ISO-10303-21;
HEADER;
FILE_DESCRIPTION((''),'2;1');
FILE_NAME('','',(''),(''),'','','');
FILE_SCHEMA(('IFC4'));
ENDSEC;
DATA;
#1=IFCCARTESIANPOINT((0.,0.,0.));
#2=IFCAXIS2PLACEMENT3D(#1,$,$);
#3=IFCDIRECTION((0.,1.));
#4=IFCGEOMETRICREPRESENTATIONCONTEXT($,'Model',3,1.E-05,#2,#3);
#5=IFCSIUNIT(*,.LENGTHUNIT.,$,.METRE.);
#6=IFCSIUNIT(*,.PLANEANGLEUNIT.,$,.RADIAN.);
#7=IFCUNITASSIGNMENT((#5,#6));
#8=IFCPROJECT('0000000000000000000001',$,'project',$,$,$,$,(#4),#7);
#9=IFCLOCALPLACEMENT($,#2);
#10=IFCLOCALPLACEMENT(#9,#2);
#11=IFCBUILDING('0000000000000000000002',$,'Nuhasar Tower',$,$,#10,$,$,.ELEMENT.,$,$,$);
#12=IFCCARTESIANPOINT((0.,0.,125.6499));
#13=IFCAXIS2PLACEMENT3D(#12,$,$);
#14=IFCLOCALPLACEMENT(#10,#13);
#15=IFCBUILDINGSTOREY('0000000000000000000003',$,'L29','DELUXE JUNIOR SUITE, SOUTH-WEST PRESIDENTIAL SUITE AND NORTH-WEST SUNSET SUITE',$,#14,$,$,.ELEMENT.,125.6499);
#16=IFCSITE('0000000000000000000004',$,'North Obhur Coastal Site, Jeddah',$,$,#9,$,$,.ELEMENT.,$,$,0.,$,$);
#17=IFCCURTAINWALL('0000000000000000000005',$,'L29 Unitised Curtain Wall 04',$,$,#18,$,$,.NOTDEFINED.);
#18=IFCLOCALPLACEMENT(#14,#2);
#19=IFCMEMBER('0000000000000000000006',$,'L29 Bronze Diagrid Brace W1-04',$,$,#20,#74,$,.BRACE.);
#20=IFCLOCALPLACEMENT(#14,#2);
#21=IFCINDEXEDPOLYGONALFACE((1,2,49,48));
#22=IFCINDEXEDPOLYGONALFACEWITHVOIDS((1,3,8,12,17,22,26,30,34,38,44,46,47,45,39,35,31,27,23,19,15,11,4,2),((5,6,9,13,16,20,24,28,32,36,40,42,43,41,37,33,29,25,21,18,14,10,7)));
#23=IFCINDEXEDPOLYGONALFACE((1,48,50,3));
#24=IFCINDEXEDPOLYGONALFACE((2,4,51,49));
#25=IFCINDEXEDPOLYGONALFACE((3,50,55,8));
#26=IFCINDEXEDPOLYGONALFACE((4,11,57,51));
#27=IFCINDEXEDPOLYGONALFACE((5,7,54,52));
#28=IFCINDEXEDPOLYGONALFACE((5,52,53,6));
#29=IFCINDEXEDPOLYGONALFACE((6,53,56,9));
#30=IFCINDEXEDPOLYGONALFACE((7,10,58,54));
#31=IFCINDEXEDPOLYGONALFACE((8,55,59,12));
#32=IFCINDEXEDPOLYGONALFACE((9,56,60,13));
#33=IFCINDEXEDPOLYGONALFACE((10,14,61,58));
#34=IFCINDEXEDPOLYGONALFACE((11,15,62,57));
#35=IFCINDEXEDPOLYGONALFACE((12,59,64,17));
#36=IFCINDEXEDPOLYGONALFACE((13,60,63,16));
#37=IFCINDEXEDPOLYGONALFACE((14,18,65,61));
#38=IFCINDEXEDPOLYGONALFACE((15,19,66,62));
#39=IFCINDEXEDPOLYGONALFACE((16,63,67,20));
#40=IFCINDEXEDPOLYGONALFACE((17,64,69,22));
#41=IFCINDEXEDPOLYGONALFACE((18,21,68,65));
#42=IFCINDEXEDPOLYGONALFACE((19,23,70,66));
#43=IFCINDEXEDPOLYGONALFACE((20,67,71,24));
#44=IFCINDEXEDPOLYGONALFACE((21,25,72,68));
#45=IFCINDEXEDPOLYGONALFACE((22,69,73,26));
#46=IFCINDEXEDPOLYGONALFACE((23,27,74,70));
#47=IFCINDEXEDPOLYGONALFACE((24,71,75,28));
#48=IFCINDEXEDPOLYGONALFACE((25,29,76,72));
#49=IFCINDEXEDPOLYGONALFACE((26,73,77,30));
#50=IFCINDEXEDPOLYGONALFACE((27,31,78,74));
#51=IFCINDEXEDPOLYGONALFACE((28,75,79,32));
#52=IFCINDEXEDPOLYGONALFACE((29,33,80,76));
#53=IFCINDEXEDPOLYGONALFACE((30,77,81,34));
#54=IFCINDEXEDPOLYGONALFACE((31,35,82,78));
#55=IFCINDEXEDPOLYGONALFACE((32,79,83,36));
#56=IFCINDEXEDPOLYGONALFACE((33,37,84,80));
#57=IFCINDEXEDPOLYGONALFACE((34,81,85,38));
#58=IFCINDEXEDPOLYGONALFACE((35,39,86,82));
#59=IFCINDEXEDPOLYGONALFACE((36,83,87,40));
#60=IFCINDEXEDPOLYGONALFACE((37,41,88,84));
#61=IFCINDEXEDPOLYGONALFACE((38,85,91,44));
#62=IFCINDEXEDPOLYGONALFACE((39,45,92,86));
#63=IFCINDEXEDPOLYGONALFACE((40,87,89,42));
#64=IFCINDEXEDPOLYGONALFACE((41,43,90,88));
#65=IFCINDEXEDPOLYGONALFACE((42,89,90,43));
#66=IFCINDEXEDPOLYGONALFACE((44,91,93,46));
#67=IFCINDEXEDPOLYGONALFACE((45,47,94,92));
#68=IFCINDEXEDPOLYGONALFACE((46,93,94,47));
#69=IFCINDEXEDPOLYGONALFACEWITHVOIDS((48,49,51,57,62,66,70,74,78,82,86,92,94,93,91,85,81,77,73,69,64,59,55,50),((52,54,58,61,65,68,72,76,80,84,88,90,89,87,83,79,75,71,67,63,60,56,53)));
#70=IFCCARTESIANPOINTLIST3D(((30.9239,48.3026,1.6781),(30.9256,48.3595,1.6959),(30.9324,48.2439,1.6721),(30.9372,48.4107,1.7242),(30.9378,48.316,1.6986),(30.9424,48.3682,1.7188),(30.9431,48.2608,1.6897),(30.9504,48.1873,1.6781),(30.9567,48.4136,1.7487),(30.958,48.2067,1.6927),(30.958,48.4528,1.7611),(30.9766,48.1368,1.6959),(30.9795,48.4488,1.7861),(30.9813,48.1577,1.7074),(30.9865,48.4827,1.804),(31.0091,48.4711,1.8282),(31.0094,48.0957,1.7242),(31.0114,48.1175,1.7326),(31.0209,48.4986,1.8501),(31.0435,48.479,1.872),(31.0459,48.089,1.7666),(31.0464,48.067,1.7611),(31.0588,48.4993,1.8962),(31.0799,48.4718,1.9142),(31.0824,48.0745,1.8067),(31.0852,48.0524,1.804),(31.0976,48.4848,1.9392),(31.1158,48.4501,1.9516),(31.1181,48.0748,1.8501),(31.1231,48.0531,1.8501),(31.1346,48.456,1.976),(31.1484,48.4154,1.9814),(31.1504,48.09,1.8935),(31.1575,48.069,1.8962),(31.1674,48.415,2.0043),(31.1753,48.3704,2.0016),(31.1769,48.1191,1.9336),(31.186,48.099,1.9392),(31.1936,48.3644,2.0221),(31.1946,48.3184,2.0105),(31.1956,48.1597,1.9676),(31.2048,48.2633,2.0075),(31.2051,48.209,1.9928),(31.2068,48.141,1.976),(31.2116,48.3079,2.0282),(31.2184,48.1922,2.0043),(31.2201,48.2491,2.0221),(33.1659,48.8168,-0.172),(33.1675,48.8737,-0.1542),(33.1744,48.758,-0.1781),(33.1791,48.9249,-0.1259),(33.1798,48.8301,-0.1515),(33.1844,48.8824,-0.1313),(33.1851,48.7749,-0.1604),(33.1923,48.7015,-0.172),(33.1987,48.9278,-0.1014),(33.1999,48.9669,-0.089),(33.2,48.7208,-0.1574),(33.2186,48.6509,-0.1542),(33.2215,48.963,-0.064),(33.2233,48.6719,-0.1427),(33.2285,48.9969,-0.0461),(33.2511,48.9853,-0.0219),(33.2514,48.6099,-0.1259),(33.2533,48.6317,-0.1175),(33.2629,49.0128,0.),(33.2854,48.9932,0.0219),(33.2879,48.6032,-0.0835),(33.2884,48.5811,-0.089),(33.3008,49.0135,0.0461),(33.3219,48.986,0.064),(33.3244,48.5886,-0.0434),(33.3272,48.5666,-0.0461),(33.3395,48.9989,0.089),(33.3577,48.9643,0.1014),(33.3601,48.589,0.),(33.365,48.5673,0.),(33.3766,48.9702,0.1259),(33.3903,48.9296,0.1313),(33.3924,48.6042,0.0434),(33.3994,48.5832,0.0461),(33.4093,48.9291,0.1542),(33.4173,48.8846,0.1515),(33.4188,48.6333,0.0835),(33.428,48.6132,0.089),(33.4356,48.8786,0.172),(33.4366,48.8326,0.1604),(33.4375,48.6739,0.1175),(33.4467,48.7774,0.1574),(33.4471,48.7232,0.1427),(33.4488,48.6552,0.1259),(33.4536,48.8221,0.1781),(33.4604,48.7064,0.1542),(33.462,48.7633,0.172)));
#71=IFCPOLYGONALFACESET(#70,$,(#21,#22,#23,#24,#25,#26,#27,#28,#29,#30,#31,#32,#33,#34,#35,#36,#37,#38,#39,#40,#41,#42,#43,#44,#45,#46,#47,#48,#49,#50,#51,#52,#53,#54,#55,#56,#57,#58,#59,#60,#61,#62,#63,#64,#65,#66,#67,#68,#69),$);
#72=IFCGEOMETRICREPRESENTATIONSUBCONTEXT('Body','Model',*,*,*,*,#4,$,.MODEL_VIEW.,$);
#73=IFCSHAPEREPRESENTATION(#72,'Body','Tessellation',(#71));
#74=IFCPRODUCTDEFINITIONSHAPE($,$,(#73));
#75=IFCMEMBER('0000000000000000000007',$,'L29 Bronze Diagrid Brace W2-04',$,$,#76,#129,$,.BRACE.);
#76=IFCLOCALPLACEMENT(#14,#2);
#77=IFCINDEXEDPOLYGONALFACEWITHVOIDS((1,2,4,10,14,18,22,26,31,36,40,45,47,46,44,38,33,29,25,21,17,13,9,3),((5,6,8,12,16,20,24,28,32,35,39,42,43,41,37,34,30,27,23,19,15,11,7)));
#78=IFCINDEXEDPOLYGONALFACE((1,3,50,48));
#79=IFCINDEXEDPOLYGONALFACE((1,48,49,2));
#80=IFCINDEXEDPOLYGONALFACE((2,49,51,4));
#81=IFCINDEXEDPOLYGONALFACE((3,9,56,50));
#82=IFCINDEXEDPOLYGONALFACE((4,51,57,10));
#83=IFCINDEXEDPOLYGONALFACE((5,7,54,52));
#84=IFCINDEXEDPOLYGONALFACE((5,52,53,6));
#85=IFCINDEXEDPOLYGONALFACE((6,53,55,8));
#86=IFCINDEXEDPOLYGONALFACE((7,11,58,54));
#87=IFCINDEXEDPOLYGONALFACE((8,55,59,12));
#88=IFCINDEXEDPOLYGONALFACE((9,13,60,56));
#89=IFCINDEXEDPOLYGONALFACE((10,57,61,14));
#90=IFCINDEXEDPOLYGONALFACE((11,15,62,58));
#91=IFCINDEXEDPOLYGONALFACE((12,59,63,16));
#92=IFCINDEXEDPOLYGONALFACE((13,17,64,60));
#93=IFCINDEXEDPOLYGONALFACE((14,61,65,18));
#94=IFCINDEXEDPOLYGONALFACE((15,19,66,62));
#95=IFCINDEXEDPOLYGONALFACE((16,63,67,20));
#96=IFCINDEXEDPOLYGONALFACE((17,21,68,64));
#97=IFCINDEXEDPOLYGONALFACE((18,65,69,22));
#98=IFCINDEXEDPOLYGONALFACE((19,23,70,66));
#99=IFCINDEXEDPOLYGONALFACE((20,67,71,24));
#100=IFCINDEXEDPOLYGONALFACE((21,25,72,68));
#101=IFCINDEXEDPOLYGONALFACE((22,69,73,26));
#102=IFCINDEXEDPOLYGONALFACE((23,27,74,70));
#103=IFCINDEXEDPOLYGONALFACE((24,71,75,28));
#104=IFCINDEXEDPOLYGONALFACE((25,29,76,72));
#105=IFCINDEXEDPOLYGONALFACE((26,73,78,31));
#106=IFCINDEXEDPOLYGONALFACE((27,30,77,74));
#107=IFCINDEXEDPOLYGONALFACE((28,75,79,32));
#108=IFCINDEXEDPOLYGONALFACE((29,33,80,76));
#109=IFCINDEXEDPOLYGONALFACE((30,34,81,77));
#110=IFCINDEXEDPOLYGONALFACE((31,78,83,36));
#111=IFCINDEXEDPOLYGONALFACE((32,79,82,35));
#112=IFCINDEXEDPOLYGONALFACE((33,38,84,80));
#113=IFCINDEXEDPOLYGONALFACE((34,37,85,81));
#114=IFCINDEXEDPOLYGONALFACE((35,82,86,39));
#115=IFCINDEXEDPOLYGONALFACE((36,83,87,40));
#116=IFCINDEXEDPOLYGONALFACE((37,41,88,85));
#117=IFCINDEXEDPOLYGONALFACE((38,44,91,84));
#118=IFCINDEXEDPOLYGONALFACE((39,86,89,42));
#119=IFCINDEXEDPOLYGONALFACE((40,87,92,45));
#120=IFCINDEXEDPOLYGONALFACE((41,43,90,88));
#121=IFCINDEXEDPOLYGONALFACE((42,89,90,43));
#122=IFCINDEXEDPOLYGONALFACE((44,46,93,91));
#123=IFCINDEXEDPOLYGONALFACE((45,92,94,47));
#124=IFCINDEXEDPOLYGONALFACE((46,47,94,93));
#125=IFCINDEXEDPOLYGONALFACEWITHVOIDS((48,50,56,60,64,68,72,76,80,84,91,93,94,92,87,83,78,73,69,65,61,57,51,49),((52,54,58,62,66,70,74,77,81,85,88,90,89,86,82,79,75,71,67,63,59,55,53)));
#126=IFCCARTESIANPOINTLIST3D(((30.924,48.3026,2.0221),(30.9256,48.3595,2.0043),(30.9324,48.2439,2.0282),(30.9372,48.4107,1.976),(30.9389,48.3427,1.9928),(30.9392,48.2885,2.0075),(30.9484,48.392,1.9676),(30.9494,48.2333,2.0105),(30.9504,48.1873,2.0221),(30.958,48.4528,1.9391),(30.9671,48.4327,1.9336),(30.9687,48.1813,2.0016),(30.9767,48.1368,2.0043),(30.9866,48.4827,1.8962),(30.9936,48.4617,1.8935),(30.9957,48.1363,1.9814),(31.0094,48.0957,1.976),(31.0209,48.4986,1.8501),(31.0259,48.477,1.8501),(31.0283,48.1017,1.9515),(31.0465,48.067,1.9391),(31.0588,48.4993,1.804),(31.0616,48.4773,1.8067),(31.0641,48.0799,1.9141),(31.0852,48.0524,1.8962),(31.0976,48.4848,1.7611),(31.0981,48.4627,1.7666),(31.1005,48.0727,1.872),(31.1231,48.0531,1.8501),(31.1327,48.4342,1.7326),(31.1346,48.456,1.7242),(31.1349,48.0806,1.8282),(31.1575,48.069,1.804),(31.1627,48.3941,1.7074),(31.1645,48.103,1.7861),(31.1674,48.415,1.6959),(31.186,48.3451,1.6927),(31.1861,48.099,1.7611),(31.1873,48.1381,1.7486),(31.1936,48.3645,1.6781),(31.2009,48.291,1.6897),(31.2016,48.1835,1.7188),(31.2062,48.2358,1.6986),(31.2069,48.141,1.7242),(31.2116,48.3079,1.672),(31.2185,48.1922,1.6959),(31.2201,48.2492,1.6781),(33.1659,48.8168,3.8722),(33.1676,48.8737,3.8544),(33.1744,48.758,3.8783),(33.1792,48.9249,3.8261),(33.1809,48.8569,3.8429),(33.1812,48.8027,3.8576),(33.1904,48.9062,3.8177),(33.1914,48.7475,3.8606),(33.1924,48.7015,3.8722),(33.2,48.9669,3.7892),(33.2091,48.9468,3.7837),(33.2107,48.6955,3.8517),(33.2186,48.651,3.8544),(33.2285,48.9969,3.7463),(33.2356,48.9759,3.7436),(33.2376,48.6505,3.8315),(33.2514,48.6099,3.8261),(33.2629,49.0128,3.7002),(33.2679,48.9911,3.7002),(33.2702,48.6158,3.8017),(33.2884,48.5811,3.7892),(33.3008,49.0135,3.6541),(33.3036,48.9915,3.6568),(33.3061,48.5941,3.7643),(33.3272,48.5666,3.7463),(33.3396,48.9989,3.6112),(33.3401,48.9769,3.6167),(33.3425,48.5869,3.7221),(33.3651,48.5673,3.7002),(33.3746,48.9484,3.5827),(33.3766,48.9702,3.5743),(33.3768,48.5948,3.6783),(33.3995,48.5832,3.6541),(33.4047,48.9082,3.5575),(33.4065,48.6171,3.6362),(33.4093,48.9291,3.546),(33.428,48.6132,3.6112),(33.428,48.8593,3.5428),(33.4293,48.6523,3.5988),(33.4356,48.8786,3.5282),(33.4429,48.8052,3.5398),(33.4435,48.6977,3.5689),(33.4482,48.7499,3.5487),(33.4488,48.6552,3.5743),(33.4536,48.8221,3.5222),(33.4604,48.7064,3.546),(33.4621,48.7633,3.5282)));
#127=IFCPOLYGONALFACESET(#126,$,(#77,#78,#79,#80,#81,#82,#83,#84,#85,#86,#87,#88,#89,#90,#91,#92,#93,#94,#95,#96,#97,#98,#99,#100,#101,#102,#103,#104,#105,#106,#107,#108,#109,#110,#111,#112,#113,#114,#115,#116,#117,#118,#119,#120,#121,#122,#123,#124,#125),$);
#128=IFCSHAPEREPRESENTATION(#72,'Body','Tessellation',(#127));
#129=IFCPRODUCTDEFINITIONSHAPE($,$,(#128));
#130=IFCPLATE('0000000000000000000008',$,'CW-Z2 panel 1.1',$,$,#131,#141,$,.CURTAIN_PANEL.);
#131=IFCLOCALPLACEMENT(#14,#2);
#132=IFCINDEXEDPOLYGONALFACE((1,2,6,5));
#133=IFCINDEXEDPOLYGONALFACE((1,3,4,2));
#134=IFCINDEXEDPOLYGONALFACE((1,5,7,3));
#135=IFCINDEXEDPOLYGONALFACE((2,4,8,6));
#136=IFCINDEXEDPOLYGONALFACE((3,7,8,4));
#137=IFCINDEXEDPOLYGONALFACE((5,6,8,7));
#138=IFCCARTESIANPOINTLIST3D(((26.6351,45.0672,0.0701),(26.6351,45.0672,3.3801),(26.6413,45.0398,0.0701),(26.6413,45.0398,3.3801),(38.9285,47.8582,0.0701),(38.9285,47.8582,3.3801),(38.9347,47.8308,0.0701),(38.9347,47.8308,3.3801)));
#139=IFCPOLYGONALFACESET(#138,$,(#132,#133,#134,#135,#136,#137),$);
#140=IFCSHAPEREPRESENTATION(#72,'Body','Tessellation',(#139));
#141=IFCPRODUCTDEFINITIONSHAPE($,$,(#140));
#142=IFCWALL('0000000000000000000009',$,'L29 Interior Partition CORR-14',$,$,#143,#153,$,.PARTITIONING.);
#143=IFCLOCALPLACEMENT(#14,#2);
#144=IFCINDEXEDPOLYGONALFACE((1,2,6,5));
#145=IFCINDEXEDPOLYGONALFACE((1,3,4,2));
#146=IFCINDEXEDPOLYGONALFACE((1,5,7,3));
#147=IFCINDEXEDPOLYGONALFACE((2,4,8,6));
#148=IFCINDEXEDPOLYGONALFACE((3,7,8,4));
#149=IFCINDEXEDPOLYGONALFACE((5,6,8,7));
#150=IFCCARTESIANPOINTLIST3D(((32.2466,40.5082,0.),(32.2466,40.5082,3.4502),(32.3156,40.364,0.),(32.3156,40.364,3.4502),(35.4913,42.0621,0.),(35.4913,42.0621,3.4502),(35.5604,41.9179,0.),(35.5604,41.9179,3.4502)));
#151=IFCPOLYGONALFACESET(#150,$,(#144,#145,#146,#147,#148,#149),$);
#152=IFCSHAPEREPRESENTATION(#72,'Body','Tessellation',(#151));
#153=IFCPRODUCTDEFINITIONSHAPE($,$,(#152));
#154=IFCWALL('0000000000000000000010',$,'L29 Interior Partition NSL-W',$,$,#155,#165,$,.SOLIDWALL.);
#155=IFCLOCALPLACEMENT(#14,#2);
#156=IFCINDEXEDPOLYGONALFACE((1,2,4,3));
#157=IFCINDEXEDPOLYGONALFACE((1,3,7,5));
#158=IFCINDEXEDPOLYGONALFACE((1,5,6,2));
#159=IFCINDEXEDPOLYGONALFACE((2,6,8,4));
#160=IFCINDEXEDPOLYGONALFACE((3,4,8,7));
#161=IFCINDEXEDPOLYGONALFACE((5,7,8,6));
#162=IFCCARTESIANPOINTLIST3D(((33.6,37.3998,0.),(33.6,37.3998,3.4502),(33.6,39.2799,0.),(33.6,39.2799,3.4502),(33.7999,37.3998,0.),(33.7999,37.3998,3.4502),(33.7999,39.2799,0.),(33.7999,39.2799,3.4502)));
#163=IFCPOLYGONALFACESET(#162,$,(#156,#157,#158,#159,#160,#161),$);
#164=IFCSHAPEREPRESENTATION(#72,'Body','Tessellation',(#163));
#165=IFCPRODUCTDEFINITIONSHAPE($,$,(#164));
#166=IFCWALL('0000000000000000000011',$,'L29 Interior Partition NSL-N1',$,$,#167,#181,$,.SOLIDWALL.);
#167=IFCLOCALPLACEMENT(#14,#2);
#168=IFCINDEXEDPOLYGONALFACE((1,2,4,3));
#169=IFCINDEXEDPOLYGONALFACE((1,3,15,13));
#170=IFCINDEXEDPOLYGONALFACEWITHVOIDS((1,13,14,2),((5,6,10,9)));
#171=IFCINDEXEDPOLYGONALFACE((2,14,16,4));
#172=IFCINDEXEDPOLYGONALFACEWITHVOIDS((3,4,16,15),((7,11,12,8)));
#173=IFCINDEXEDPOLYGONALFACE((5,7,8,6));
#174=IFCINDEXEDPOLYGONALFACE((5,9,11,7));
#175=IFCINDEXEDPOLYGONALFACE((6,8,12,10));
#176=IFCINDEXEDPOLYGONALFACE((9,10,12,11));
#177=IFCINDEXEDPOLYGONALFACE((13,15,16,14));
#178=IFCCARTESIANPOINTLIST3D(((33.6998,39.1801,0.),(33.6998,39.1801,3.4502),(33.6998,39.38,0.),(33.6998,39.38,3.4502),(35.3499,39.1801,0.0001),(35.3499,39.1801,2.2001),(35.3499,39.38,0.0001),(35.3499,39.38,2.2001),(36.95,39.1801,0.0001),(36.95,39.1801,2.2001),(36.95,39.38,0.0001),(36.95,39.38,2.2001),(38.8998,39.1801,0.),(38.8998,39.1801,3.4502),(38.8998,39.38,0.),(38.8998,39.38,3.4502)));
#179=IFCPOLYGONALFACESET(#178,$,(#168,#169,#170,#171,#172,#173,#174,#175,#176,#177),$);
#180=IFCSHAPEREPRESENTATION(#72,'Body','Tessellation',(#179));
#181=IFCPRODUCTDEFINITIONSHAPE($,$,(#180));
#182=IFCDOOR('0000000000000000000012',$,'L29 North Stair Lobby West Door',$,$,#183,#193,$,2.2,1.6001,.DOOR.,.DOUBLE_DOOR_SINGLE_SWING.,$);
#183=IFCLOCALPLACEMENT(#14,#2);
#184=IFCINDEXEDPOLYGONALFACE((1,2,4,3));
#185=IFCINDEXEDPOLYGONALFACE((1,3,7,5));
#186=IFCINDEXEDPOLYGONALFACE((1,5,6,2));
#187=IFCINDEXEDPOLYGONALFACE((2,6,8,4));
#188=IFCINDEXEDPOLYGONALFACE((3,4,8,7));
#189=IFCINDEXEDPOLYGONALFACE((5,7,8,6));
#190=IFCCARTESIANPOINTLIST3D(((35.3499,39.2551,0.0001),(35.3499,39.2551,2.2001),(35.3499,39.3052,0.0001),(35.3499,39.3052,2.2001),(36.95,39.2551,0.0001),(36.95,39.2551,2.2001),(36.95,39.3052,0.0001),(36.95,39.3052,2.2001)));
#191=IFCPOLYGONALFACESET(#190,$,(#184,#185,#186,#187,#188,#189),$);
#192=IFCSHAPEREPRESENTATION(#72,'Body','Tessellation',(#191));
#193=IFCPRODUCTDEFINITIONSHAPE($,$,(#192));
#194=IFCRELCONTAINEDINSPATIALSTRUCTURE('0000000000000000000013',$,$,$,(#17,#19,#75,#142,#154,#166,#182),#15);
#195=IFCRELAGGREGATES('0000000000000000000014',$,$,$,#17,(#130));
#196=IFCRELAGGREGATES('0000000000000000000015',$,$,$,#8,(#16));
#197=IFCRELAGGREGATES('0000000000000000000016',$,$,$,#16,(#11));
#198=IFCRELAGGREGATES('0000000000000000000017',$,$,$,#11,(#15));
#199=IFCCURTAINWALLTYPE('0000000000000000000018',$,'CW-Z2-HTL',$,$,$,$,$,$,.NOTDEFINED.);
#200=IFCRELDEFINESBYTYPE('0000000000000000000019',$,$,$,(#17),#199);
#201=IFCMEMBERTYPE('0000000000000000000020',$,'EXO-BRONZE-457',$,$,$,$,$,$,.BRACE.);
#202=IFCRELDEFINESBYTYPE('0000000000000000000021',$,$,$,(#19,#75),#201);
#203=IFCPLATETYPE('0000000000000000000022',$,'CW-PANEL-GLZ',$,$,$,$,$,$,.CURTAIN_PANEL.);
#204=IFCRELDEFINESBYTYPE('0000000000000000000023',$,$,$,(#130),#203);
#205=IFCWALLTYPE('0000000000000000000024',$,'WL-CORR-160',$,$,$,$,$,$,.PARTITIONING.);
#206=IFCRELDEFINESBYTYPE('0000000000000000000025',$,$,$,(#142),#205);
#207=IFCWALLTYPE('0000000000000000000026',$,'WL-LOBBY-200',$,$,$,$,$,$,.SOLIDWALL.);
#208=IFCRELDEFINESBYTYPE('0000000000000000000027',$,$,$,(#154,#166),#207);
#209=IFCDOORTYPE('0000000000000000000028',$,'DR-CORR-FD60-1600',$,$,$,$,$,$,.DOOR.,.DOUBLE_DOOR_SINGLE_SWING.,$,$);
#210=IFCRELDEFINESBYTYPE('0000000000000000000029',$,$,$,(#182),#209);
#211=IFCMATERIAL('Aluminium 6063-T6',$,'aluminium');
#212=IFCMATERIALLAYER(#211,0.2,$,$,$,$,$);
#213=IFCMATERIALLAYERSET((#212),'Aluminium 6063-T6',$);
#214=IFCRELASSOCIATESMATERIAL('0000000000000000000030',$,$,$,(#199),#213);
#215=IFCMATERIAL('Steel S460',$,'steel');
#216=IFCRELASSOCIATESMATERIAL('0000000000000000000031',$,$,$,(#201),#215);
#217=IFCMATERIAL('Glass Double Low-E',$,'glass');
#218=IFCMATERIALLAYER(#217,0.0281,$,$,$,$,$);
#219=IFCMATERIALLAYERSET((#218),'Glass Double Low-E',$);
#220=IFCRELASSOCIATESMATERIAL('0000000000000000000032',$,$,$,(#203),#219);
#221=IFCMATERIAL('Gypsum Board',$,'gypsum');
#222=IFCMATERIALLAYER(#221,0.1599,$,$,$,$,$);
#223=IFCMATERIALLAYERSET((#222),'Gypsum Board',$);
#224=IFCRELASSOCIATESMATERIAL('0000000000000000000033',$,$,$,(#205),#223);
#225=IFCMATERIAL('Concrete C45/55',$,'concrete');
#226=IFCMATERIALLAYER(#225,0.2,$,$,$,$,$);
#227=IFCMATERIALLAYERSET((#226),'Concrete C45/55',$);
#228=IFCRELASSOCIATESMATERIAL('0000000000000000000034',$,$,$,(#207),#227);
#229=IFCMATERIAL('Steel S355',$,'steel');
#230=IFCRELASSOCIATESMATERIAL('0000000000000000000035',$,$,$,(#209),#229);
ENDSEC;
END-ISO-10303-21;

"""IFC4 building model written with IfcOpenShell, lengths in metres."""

from ifc_helpers import new_model, si_unit, direction, frame, frame_2d, origin, origin_2d, place, context, subcontext, project, spatial, rectangle, hollow_circle, extrude, material, layer, layer_set, material_profile, profile_set, type_object, element, fill, aggregate, save


model = new_model("IFC4")

# Units and contexts
model_context = context("Model", 3, precision=1e-05, world=origin(), true_north=direction((0.0, 1.0)))
body_context = subcontext(model_context, "Body", "Model", "MODEL_VIEW")
ifc_project = project(units=[si_unit("LENGTHUNIT", "METRE"), si_unit("PLANEANGLEUNIT", "RADIAN")], contexts=[model_context])

# Site, building, storey
site_placement = place(None, origin())
site = spatial("IfcSite", under=ifc_project, at=site_placement, Name="North Obhur Coastal Site, Jeddah", CompositionType="ELEMENT", RefElevation=0.0)
building_placement = place(site_placement, origin())
building = spatial("IfcBuilding", under=site, at=building_placement, Name="Nuhasar Tower", CompositionType="ELEMENT")
storey_placement = place(building_placement, frame((0.0, 0.0, 125.6499)))
storey = spatial("IfcBuildingStorey", under=building, at=storey_placement, Name="L29", Description="DELUXE JUNIOR SUITE, SOUTH-WEST PRESIDENTIAL SUITE AND NORTH-WEST SUNSET SUITE", CompositionType="ELEMENT", Elevation=125.6499)

# Shared definitions
ifc_material_1 = material(Name="Steel S355", Category="steel")

# Curtain wall
ifc_material_2 = material(Name="Aluminium 6063-T6", Category="aluminium")
ifc_layer_1 = layer(ifc_material_2, 0.2)
ifc_layer_set_1 = layer_set([ifc_layer_1], Name="Aluminium 6063-T6")
curtain_wall_type = type_object("IfcCurtainWallType", Name="CW-Z2-HTL", PredefinedType="NOTDEFINED", material=ifc_layer_set_1)
curtain_wall_placement = place(storey_placement, origin())
curtain_wall = element("IfcCurtainWall", 1, at=curtain_wall_placement, inside=storey, type_object=curtain_wall_type, Name="L29 Unitised Curtain Wall 04", PredefinedType="NOTDEFINED")

# Members
ifc_material_3 = material(Name="Steel S460", Category="steel")
ifc_material_profile_1 = material_profile(ifc_material_3, hollow_circle(Radius=0.2285, WallThickness=0.0222, at=origin_2d()), Name="HSS457X22.2")
ifc_profile_set_1 = profile_set([ifc_material_profile_1], Name="Steel S460")
member_type_1 = type_object("IfcMemberType", Name="EXO-BRONZE-457", PredefinedType="BRACE", material=ifc_profile_set_1)
for number, where, z_axis, x_axis, name in (
    (2, (33.314, 48.79, 0.0), (-0.7595, -0.174181, 0.626755), (0.223534, -0.974696, 0.0), "L29 Bronze Diagrid Brace W1-04"),
    (3, (31.072, 48.2759, 1.8501), (0.7595, 0.174181, 0.626755), (-0.223534, 0.974696, 0.0), "L29 Bronze Diagrid Brace W2-04"),
):
    element("IfcMember", number, at=place(storey_placement, frame(where, z_axis=z_axis, x_axis=x_axis)), inside=storey, type_object=member_type_1, Name=name, PredefinedType="BRACE", context=body_context, shape_type="SweptSolid", body=[
        extrude(hollow_circle(Radius=0.2285, WallThickness=0.0222, at=origin_2d()), origin(), (0.0, 0.0, 1.0), 2.9519),
    ])

# Plate
ifc_material_4 = material(Name="Glass Double Low-E", Category="glass")
ifc_layer_2 = layer(ifc_material_4, 0.0281)
ifc_layer_set_2 = layer_set([ifc_layer_2], Name="Glass Double Low-E")
plate_type = type_object("IfcPlateType", Name="CW-PANEL-GLZ", PredefinedType="CURTAIN_PANEL", material=ifc_layer_set_2)
plate_placement = place(storey_placement, frame((32.7849, 46.449, 0.0701), z_axis=(0.0, 0.0, 1.0), x_axis=(-0.975184, -0.221397, 0.0)))
plate = element("IfcPlate", 4, at=plate_placement, type_object=plate_type, Name="CW-Z2 panel 1.1", PredefinedType="CURTAIN_PANEL", context=body_context, shape_type="SweptSolid", body=[
    extrude(rectangle(XDim=12.6062, YDim=0.0281, at=origin_2d()), origin(), (0.0, 0.0, 1.0), 3.3101),
])
aggregate(curtain_wall, [plate])

# Walls
ifc_material_5 = material(Name="Gypsum Board", Category="gypsum")
ifc_layer_3 = layer(ifc_material_5, 0.1599)
ifc_layer_set_3 = layer_set([ifc_layer_3], Name="Gypsum Board")
wall_type_1 = type_object("IfcWallType", Name="WL-CORR-160", PredefinedType="PARTITIONING", material=ifc_layer_set_3)
wall_1_placement = place(storey_placement, frame((35.5259, 41.99, 0.0), z_axis=(0.0, 0.0, 1.0), x_axis=(-0.901911, -0.431921, 0.0)))
element("IfcWall", 5, at=wall_1_placement, inside=storey, type_object=wall_type_1, Name="L29 Interior Partition CORR-14", PredefinedType="PARTITIONING", context=body_context, shape_type="SweptSolid", body=[
    extrude(rectangle(XDim=3.5977, YDim=0.1599, at=frame_2d((1.7988, 0.0))), origin(), (0.0, 0.0, 1.0), 3.4502),
])
ifc_material_6 = material(Name="Concrete C45/55", Category="concrete")
ifc_layer_4 = layer(ifc_material_6, 0.2)
ifc_layer_set_4 = layer_set([ifc_layer_4], Name="Concrete C45/55")
wall_type_2 = type_object("IfcWallType", Name="WL-LOBBY-200", PredefinedType="SOLIDWALL", material=ifc_layer_set_4)
wall_2_placement = place(storey_placement, frame((33.7, 37.3999, 0.0), z_axis=(0.0, 0.0, 1.0), x_axis=(0.0, 1.0, 0.0)))
element("IfcWall", 6, at=wall_2_placement, inside=storey, type_object=wall_type_2, Name="L29 Interior Partition NSL-W", PredefinedType="SOLIDWALL", context=body_context, shape_type="SweptSolid", body=[
    extrude(rectangle(XDim=1.8801, YDim=0.2, at=frame_2d((0.9399, 0.0))), origin(), (0.0, 0.0, 1.0), 3.4502),
])

# Wall, opening, door
wall_3_placement = place(storey_placement, frame((38.8999, 39.28, 0.0), z_axis=(0.0, 0.0, 1.0), x_axis=(-1.0, 0.0, 0.0)))
wall_3 = element("IfcWall", 7, at=wall_3_placement, inside=storey, type_object=wall_type_2, Name="L29 Interior Partition NSL-N1", PredefinedType="SOLIDWALL", context=body_context, shape_type="SweptSolid", body=[
    extrude(rectangle(XDim=5.2, YDim=0.2, at=frame_2d((2.6001, 0.0))), origin(), (0.0, 0.0, 1.0), 3.4502),
])
opening_1_placement = place(wall_3_placement, frame((1.95, 0.0, 0.0)))
opening_1 = element("IfcOpeningElement", 8, at=opening_1_placement, cuts=wall_3, PredefinedType="OPENING", context=body_context, shape_type="SweptSolid", body=[
    extrude(rectangle(XDim=1.6001, YDim=2.2, at=frame_2d((0.8, 1.1001))), frame((0.0, 0.1099, 0.0), z_axis=(0.0, -1.0, 0.0), x_axis=(1.0, 0.0, 0.0)), (0.0, 0.0, 1.0), 0.22),
])
door_type_1 = type_object("IfcDoorType", Name="DR-CORR-FD60-1600", OperationType="DOUBLE_DOOR_SINGLE_SWING", PredefinedType="DOOR", material=ifc_material_1)
door_1_placement = place(opening_1_placement, origin())
door_1 = element("IfcDoor", 9, at=door_1_placement, inside=storey, type_object=door_type_1, Name="L29 North Stair Lobby West Door", OperationType="DOUBLE_DOOR_SINGLE_SWING", OverallHeight=2.2, OverallWidth=1.6001, PredefinedType="DOOR", context=body_context, shape_type="SweptSolid", body=[
    extrude(rectangle(XDim=1.6001, YDim=2.2, at=frame_2d((0.8, 1.1001))), frame((0.0, 0.0249, 0.0), z_axis=(0.0, -1.0, 0.0), x_axis=(1.0, 0.0, 0.0)), (0.0, 0.0, 1.0), 0.05),
])
fill(opening_1, door_1)

save(model, "model.ifc")
